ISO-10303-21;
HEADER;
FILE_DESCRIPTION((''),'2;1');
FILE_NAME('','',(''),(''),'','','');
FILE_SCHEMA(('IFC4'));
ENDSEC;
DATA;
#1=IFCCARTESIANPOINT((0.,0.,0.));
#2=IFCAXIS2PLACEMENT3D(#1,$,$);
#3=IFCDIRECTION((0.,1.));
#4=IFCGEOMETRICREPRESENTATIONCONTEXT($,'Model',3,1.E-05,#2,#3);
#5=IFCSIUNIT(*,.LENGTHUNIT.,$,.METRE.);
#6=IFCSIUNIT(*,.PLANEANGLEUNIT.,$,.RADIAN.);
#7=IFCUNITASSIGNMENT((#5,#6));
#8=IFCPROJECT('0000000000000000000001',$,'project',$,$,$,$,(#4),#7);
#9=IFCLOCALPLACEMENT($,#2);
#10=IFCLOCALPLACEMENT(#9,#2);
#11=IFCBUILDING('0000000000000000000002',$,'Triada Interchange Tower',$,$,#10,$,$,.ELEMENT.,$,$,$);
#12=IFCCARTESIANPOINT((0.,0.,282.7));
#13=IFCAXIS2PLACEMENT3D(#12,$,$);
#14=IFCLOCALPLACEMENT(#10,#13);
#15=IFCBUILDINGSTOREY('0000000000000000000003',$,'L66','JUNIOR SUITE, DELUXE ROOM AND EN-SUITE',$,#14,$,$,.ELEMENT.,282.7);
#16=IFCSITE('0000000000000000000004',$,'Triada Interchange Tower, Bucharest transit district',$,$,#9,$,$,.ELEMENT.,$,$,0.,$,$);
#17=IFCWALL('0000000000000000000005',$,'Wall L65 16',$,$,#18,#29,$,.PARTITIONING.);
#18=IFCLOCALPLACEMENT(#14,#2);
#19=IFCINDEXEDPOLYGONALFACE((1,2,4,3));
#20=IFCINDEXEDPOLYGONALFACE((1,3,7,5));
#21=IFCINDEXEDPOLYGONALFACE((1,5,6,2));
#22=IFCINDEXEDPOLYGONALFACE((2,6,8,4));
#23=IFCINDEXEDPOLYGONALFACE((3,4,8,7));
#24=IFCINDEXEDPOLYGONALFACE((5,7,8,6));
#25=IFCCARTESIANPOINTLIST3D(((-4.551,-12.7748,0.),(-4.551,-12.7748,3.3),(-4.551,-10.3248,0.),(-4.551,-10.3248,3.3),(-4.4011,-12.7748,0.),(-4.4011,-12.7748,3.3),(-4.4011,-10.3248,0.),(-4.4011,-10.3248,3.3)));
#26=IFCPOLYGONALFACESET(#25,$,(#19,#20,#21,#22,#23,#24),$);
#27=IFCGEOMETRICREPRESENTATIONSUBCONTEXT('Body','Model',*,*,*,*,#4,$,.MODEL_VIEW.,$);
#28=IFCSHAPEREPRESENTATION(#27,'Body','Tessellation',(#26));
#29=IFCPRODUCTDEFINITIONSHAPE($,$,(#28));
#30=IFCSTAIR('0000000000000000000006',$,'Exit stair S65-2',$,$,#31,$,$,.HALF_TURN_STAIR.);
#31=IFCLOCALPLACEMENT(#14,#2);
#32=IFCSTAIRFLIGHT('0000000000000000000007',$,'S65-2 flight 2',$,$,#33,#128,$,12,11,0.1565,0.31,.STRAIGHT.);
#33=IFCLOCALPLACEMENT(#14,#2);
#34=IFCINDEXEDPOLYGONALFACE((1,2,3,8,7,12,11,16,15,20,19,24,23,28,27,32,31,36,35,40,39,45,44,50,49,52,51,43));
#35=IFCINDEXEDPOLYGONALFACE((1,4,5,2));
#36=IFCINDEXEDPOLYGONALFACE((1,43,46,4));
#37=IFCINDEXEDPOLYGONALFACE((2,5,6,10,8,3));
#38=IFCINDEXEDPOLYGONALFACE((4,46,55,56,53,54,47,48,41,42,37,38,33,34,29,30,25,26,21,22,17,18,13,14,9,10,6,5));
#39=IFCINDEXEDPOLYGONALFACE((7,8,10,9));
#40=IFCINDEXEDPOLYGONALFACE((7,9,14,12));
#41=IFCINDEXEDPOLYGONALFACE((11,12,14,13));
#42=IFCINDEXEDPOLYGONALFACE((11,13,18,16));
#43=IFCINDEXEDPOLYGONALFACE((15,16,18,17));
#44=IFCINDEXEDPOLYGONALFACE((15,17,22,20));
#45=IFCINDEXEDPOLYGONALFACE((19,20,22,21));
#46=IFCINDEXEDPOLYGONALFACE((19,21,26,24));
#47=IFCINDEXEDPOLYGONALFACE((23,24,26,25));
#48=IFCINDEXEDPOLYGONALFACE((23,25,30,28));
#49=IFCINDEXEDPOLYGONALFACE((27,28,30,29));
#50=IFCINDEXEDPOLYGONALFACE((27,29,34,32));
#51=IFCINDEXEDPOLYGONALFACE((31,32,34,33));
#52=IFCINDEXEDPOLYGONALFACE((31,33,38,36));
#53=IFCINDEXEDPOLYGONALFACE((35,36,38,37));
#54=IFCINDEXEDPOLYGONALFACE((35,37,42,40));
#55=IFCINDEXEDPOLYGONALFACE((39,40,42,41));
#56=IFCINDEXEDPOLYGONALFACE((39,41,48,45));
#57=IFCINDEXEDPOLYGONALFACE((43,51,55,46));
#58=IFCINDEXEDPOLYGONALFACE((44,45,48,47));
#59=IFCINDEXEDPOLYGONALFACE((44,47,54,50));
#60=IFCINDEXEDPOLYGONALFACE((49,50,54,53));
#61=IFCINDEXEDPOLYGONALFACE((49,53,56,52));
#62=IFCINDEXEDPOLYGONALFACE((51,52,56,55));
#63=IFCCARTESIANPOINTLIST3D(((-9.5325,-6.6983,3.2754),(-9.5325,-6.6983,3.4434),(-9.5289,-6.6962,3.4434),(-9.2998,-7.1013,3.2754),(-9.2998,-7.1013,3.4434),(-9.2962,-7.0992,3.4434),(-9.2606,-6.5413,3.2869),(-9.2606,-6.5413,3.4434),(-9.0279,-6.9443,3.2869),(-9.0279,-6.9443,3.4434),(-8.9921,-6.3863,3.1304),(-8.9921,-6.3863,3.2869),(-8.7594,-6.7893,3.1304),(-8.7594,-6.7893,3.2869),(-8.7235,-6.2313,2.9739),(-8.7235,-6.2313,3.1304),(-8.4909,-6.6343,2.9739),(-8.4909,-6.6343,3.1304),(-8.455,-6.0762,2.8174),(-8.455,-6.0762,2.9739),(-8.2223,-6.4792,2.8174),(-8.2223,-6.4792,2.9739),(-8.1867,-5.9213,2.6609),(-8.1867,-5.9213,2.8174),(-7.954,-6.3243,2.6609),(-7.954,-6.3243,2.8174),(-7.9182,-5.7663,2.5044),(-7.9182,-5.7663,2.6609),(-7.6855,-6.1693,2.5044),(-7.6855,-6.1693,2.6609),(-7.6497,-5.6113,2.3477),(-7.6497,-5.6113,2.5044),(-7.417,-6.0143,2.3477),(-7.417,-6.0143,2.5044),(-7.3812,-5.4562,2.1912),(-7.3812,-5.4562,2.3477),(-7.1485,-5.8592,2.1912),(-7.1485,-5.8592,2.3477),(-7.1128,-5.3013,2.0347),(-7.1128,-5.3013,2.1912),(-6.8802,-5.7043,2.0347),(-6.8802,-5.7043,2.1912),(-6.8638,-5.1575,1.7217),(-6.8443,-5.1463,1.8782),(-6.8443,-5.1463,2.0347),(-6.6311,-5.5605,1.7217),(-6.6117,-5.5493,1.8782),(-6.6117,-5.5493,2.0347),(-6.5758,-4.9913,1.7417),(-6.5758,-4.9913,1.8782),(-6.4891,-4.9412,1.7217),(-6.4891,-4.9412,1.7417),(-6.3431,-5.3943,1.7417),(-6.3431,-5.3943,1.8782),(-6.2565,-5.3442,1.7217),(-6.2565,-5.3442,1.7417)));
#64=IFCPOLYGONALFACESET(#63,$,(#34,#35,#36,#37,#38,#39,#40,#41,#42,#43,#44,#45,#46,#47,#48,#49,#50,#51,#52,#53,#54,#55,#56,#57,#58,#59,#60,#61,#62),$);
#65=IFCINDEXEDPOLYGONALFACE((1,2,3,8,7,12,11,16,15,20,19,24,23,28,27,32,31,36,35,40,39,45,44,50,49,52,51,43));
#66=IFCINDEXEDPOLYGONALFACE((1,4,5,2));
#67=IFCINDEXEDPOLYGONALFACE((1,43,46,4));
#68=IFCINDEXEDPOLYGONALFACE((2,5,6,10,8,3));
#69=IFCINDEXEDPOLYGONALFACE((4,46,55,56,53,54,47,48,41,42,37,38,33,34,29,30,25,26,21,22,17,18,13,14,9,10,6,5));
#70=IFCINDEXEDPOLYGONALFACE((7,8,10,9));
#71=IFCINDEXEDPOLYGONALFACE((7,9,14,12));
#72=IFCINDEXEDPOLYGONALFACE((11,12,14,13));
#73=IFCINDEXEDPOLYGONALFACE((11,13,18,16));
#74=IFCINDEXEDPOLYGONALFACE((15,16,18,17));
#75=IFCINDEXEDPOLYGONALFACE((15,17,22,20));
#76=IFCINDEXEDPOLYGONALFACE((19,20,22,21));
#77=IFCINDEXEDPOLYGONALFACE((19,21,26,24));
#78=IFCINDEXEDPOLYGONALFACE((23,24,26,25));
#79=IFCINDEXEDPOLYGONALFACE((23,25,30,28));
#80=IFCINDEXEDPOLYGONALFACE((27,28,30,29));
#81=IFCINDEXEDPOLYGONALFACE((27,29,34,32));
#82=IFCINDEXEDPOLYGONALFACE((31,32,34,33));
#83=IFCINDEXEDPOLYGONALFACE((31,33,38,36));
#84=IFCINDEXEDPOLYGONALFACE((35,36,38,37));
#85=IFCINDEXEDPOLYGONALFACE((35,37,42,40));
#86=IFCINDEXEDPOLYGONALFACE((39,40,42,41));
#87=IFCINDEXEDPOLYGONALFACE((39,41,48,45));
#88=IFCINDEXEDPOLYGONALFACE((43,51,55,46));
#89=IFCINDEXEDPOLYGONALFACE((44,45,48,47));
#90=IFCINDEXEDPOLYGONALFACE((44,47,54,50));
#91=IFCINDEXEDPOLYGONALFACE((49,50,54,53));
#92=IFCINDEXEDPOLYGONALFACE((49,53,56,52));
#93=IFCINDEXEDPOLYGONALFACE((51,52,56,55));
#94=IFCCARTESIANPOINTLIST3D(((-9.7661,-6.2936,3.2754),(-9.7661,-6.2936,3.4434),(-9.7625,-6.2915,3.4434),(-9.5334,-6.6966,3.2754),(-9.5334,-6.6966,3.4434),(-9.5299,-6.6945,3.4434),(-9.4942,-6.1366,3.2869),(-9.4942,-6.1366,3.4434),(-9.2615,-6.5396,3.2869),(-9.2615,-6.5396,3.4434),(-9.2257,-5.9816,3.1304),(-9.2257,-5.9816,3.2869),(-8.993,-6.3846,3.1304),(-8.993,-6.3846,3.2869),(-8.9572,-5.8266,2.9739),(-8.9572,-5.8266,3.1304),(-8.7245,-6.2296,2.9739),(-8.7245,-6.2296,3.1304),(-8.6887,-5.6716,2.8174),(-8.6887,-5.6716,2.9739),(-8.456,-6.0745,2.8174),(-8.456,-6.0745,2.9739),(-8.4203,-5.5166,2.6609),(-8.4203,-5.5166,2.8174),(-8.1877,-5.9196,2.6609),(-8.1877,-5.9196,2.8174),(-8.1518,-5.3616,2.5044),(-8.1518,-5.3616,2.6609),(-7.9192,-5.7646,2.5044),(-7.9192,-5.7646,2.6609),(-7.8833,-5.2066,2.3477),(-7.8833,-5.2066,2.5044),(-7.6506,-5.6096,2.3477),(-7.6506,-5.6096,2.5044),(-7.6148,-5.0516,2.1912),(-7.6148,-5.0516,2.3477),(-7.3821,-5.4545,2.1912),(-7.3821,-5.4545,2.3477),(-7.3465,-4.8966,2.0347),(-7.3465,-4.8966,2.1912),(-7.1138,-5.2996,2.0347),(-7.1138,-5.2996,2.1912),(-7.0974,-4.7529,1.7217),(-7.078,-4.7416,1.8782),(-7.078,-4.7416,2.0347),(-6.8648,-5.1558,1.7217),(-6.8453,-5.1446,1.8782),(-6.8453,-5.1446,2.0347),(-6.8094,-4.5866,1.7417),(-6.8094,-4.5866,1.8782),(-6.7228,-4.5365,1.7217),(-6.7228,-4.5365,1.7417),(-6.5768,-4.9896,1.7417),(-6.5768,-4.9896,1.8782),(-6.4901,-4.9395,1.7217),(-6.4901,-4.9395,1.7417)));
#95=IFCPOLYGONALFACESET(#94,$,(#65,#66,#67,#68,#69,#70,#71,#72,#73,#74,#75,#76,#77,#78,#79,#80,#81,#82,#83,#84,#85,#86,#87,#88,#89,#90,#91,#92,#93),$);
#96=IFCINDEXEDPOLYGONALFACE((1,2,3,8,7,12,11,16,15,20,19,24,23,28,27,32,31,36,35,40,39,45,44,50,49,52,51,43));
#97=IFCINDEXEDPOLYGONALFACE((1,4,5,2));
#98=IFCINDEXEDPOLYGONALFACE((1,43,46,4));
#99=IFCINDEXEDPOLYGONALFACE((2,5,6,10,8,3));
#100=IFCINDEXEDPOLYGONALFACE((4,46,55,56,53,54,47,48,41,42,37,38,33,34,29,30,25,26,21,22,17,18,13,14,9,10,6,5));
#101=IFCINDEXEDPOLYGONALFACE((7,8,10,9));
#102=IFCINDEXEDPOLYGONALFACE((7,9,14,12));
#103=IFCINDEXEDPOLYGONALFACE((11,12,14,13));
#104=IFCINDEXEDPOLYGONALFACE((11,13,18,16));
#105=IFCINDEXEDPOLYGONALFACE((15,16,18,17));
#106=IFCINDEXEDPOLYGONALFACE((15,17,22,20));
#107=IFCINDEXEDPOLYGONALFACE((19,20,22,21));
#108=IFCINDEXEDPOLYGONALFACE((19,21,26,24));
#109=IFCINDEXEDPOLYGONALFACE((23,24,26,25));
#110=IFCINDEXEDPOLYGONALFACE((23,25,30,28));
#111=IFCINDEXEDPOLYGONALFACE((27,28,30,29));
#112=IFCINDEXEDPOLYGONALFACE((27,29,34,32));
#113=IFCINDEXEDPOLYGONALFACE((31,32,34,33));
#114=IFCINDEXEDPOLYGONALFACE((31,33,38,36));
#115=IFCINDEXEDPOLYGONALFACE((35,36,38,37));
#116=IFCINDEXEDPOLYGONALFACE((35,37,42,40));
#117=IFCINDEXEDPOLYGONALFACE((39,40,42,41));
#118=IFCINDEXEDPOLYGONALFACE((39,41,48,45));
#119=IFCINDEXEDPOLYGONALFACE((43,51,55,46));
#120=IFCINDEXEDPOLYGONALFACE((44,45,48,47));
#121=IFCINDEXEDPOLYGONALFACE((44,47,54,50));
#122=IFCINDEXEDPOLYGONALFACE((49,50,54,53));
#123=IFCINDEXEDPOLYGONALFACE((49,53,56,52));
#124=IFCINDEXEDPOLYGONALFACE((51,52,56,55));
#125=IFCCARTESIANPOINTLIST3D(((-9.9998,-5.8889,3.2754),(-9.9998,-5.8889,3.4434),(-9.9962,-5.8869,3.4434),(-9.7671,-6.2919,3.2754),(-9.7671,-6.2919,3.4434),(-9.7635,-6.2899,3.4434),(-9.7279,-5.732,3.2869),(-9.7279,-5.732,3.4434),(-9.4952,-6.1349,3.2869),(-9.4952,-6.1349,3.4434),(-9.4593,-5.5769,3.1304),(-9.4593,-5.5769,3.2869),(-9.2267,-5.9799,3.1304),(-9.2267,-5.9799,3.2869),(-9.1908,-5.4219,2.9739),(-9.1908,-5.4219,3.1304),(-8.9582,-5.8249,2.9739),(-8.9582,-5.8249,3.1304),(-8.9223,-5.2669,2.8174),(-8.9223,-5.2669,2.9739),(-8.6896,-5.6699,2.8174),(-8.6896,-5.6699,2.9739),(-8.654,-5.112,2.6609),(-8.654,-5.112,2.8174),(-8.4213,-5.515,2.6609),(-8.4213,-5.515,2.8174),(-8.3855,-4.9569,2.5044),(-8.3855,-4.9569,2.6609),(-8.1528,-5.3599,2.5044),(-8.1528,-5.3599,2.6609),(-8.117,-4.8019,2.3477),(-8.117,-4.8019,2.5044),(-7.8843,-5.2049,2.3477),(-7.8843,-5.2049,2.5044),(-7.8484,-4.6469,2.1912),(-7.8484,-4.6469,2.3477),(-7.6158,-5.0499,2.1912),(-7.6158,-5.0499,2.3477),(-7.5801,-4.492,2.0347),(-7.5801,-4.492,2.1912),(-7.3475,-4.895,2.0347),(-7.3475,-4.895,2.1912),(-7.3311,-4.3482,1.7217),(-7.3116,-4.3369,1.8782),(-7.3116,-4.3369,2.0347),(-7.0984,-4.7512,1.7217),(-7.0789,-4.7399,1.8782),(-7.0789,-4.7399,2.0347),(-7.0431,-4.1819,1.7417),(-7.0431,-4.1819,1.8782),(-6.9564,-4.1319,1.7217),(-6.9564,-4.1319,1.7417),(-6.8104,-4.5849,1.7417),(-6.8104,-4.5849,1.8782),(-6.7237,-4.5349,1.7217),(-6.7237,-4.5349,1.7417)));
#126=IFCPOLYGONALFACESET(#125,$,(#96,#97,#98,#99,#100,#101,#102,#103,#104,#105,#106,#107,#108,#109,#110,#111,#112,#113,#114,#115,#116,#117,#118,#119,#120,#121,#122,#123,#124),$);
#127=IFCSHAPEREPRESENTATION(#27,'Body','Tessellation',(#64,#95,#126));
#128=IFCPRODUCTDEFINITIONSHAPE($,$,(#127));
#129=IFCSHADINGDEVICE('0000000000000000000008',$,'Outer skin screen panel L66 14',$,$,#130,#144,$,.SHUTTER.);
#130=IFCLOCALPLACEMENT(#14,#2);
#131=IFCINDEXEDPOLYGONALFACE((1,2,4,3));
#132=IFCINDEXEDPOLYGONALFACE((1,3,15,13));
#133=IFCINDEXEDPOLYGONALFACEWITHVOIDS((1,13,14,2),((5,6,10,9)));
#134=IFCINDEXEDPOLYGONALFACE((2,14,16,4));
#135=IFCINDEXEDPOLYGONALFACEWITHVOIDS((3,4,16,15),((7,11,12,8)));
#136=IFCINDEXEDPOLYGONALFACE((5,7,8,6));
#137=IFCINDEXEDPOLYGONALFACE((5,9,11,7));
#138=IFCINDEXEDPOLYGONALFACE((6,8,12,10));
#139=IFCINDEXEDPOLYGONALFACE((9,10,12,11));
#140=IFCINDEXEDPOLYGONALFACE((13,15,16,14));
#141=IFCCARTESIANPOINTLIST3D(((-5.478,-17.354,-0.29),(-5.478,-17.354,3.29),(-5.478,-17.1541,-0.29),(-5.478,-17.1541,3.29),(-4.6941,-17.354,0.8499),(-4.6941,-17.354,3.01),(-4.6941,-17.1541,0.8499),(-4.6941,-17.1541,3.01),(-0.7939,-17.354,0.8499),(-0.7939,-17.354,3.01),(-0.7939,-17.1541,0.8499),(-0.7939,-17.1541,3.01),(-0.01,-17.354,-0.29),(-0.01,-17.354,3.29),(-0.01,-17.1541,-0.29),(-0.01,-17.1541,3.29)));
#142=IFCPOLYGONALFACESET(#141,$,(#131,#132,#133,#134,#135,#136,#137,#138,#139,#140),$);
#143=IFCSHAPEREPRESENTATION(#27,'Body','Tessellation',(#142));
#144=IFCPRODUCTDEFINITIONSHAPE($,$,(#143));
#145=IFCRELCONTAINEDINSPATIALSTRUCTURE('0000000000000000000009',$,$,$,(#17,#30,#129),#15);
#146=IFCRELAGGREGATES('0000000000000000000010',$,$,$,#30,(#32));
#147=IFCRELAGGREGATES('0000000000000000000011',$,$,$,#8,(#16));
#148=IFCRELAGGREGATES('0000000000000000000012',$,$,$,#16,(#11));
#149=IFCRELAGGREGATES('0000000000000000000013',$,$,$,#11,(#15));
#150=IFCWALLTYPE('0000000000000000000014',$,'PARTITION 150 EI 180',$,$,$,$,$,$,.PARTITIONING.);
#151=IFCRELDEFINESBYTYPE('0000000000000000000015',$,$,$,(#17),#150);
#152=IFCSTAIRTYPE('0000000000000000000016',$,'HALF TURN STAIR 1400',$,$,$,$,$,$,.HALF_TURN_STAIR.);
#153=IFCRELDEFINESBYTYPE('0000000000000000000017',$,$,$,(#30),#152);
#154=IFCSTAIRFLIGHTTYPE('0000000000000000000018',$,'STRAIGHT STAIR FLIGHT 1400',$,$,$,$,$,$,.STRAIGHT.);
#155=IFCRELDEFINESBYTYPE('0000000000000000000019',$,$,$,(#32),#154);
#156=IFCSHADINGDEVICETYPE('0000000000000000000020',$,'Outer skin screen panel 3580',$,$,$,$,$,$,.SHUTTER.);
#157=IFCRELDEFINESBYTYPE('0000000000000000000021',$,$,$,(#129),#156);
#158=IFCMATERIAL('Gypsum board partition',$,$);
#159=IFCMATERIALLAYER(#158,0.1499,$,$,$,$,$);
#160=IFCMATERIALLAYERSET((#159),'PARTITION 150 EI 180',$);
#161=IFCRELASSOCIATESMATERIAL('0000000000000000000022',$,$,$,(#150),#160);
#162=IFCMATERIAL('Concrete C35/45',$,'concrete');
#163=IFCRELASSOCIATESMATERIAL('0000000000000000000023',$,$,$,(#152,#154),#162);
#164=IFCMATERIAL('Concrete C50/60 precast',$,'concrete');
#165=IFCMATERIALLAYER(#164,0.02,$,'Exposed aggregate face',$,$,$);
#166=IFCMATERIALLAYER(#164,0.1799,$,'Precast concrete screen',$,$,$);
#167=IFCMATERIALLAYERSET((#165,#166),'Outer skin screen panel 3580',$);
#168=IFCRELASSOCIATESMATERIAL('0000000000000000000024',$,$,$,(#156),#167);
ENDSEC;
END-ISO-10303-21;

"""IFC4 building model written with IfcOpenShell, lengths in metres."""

from ifc_helpers import new_model, si_unit, direction, frame, frame_2d, origin, place, context, subcontext, project, spatial, polyline, rectangle, outline, extrude, material, layer, layer_set, type_object, element, aggregate, save


model = new_model("IFC4")

# Units and contexts
model_context = context("Model", 3, precision=1e-05, world=origin(), true_north=direction((0.0, 1.0)))
body_context = subcontext(model_context, "Body", "Model", "MODEL_VIEW")
ifc_project = project(units=[si_unit("LENGTHUNIT", "METRE"), si_unit("PLANEANGLEUNIT", "RADIAN")], contexts=[model_context])

# Site, building, storey
site_placement = place(None, origin())
site = spatial("IfcSite", under=ifc_project, at=site_placement, Name="Triada Interchange Tower, Bucharest transit district", CompositionType="ELEMENT", RefElevation=0.0)
building_placement = place(site_placement, origin())
building = spatial("IfcBuilding", under=site, at=building_placement, Name="Triada Interchange Tower", CompositionType="ELEMENT")
storey_placement = place(building_placement, frame((0.0, 0.0, 282.7)))
storey = spatial("IfcBuildingStorey", under=building, at=storey_placement, Name="L66", Description="JUNIOR SUITE, DELUXE ROOM AND EN-SUITE", CompositionType="ELEMENT", Elevation=282.7)

# Wall
ifc_material_1 = material(Name="Gypsum board partition")
ifc_layer_1 = layer(ifc_material_1, 0.1499)
ifc_layer_set_1 = layer_set([ifc_layer_1], Name="PARTITION 150 EI 180")
wall_type_1 = type_object("IfcWallType", Name="PARTITION 150 EI 180", PredefinedType="PARTITIONING", material=ifc_layer_set_1)
wall_1_placement = place(storey_placement, frame((-4.4761, -12.7749, 0.0), z_axis=(0.0, 0.0, 1.0), x_axis=(0.0, 1.0, 0.0)))
element("IfcWall", 1, at=wall_1_placement, inside=storey, type_object=wall_type_1, Name="Wall L65 16", PredefinedType="PARTITIONING", context=body_context, shape_type="SweptSolid", body=[
    extrude(rectangle(XDim=2.45, YDim=0.1499, at=frame_2d((1.2251, 0.0))), origin(), (0.0, 0.0, 1.0), 3.3),
])

# Stair, stair flight
ifc_material_2 = material(Name="Concrete C35/45", Category="concrete")
stair_type = type_object("IfcStairType", Name="HALF TURN STAIR 1400", PredefinedType="HALF_TURN_STAIR", material=ifc_material_2)
stair_placement = place(storey_placement, origin())
stair = element("IfcStair", 2, at=stair_placement, inside=storey, type_object=stair_type, Name="Exit stair S65-2", PredefinedType="HALF_TURN_STAIR")
stair_flight_type = type_object("IfcStairFlightType", Name="STRAIGHT STAIR FLIGHT 1400", PredefinedType="STRAIGHT", material=ifc_material_2)
stair_flight_placement = place(storey_placement, frame((-6.6931, -4.7881, 1.7217), z_axis=(0.0, 0.0, 1.0), x_axis=(-0.866025, -0.5, 0.0)))
stair_flight = element("IfcStairFlight", 3, at=stair_flight_placement, type_object=stair_flight_type, Name="S65-2 flight 2", NumberOfRisers=12, NumberOfTreads=11, PredefinedType="STRAIGHT", RiserHeight=0.1565, TreadLength=0.31, context=body_context, shape_type="SweptSolid", body=[
    extrude(outline(polyline([(-0.1001, 0.0), (-0.1001, 0.02), (0.0, 0.02), (0.0, 0.1565), (0.3101, 0.1565), (0.3101, 0.313), (0.6201, 0.313), (0.6201, 0.4695), (0.9299, 0.4695), (0.9299, 0.626), (1.24, 0.626), (1.24, 0.7827), (1.55, 0.7827), (1.55, 0.9392), (1.8601, 0.9392), (1.8601, 1.0957), (2.1699, 1.0957), (2.1699, 1.2522), (2.48, 1.2522), (2.48, 1.4087), (2.79, 1.4087), (2.79, 1.5652), (3.1001, 1.5652), (3.1001, 1.7217), (3.4099, 1.7217), (3.4141, 1.7217), (3.4141, 1.8782), (3.4141, 1.5537), (0.3325, 0.0), (-0.1001, 0.0)])), frame((0.0, 0.7, 0.0), z_axis=(0.0, -1.0, 0.0), x_axis=(1.0, 0.0, 0.0)), (0.0, 0.0, 1.0), 0.4653),
    extrude(outline(polyline([(-0.1001, 0.0), (-0.1001, 0.02), (0.0, 0.02), (0.0, 0.1565), (0.3101, 0.1565), (0.3101, 0.313), (0.6201, 0.313), (0.6201, 0.4695), (0.9299, 0.4695), (0.9299, 0.626), (1.24, 0.626), (1.24, 0.7827), (1.55, 0.7827), (1.55, 0.9392), (1.8601, 0.9392), (1.8601, 1.0957), (2.1699, 1.0957), (2.1699, 1.2522), (2.48, 1.2522), (2.48, 1.4087), (2.79, 1.4087), (2.79, 1.5652), (3.1001, 1.5652), (3.1001, 1.7217), (3.4099, 1.7217), (3.4141, 1.7217), (3.4141, 1.8782), (3.4141, 1.5537), (0.3325, 0.0), (-0.1001, 0.0)])), frame((0.0, 0.2327, 0.0), z_axis=(0.0, -1.0, 0.0), x_axis=(1.0, 0.0, 0.0)), (0.0, 0.0, 1.0), 0.4653),
    extrude(outline(polyline([(-0.1001, 0.0), (-0.1001, 0.02), (0.0, 0.02), (0.0, 0.1565), (0.3101, 0.1565), (0.3101, 0.313), (0.6201, 0.313), (0.6201, 0.4695), (0.9299, 0.4695), (0.9299, 0.626), (1.24, 0.626), (1.24, 0.7827), (1.55, 0.7827), (1.55, 0.9392), (1.8601, 0.9392), (1.8601, 1.0957), (2.1699, 1.0957), (2.1699, 1.2522), (2.48, 1.2522), (2.48, 1.4087), (2.79, 1.4087), (2.79, 1.5652), (3.1001, 1.5652), (3.1001, 1.7217), (3.4099, 1.7217), (3.4141, 1.7217), (3.4141, 1.8782), (3.4141, 1.5537), (0.3325, 0.0), (-0.1001, 0.0)])), frame((0.0, -0.2346, 0.0), z_axis=(0.0, -1.0, 0.0), x_axis=(1.0, 0.0, 0.0)), (0.0, 0.0, 1.0), 0.4653),
])

# Shading device
ifc_material_3 = material(Name="Concrete C50/60 precast", Category="concrete")
ifc_layer_2 = layer(ifc_material_3, 0.02, Name="Exposed aggregate face")
ifc_layer_3 = layer(ifc_material_3, 0.1799, Name="Precast concrete screen")
ifc_layer_set_2 = layer_set([ifc_layer_2, ifc_layer_3], Name="Outer skin screen panel 3580")
shading_device_type = type_object("IfcShadingDeviceType", Name="Outer skin screen panel 3580", PredefinedType="SHUTTER", material=ifc_layer_set_2)
shading_device_placement = place(storey_placement, frame((-5.478, -17.1541, -0.29), z_axis=(0.0, 0.0, 1.0), x_axis=(1.0, 0.0, 0.0)))
element("IfcShadingDevice", 4, at=shading_device_placement, inside=storey, type_object=shading_device_type, Name="Outer skin screen panel L66 14", PredefinedType="SHUTTER", context=body_context, shape_type="SweptSolid", body=[
    extrude(outline(polyline([(0.0, 0.0), (5.468, 0.0), (5.468, 3.5801), (0.0, 3.5801), (0.0, 0.0)]), holes=[polyline([(0.7839, 1.1399), (0.7839, 3.3), (4.6841, 3.3), (4.6841, 1.1399), (0.7839, 1.1399)])]), frame((0.0, 0.0, 0.0), z_axis=(0.0, -1.0, 0.0), x_axis=(1.0, 0.0, 0.0)), (0.0, 0.0, 1.0), 0.2),
])

aggregate(stair, [stair_flight])

save(model, "model.ifc")
